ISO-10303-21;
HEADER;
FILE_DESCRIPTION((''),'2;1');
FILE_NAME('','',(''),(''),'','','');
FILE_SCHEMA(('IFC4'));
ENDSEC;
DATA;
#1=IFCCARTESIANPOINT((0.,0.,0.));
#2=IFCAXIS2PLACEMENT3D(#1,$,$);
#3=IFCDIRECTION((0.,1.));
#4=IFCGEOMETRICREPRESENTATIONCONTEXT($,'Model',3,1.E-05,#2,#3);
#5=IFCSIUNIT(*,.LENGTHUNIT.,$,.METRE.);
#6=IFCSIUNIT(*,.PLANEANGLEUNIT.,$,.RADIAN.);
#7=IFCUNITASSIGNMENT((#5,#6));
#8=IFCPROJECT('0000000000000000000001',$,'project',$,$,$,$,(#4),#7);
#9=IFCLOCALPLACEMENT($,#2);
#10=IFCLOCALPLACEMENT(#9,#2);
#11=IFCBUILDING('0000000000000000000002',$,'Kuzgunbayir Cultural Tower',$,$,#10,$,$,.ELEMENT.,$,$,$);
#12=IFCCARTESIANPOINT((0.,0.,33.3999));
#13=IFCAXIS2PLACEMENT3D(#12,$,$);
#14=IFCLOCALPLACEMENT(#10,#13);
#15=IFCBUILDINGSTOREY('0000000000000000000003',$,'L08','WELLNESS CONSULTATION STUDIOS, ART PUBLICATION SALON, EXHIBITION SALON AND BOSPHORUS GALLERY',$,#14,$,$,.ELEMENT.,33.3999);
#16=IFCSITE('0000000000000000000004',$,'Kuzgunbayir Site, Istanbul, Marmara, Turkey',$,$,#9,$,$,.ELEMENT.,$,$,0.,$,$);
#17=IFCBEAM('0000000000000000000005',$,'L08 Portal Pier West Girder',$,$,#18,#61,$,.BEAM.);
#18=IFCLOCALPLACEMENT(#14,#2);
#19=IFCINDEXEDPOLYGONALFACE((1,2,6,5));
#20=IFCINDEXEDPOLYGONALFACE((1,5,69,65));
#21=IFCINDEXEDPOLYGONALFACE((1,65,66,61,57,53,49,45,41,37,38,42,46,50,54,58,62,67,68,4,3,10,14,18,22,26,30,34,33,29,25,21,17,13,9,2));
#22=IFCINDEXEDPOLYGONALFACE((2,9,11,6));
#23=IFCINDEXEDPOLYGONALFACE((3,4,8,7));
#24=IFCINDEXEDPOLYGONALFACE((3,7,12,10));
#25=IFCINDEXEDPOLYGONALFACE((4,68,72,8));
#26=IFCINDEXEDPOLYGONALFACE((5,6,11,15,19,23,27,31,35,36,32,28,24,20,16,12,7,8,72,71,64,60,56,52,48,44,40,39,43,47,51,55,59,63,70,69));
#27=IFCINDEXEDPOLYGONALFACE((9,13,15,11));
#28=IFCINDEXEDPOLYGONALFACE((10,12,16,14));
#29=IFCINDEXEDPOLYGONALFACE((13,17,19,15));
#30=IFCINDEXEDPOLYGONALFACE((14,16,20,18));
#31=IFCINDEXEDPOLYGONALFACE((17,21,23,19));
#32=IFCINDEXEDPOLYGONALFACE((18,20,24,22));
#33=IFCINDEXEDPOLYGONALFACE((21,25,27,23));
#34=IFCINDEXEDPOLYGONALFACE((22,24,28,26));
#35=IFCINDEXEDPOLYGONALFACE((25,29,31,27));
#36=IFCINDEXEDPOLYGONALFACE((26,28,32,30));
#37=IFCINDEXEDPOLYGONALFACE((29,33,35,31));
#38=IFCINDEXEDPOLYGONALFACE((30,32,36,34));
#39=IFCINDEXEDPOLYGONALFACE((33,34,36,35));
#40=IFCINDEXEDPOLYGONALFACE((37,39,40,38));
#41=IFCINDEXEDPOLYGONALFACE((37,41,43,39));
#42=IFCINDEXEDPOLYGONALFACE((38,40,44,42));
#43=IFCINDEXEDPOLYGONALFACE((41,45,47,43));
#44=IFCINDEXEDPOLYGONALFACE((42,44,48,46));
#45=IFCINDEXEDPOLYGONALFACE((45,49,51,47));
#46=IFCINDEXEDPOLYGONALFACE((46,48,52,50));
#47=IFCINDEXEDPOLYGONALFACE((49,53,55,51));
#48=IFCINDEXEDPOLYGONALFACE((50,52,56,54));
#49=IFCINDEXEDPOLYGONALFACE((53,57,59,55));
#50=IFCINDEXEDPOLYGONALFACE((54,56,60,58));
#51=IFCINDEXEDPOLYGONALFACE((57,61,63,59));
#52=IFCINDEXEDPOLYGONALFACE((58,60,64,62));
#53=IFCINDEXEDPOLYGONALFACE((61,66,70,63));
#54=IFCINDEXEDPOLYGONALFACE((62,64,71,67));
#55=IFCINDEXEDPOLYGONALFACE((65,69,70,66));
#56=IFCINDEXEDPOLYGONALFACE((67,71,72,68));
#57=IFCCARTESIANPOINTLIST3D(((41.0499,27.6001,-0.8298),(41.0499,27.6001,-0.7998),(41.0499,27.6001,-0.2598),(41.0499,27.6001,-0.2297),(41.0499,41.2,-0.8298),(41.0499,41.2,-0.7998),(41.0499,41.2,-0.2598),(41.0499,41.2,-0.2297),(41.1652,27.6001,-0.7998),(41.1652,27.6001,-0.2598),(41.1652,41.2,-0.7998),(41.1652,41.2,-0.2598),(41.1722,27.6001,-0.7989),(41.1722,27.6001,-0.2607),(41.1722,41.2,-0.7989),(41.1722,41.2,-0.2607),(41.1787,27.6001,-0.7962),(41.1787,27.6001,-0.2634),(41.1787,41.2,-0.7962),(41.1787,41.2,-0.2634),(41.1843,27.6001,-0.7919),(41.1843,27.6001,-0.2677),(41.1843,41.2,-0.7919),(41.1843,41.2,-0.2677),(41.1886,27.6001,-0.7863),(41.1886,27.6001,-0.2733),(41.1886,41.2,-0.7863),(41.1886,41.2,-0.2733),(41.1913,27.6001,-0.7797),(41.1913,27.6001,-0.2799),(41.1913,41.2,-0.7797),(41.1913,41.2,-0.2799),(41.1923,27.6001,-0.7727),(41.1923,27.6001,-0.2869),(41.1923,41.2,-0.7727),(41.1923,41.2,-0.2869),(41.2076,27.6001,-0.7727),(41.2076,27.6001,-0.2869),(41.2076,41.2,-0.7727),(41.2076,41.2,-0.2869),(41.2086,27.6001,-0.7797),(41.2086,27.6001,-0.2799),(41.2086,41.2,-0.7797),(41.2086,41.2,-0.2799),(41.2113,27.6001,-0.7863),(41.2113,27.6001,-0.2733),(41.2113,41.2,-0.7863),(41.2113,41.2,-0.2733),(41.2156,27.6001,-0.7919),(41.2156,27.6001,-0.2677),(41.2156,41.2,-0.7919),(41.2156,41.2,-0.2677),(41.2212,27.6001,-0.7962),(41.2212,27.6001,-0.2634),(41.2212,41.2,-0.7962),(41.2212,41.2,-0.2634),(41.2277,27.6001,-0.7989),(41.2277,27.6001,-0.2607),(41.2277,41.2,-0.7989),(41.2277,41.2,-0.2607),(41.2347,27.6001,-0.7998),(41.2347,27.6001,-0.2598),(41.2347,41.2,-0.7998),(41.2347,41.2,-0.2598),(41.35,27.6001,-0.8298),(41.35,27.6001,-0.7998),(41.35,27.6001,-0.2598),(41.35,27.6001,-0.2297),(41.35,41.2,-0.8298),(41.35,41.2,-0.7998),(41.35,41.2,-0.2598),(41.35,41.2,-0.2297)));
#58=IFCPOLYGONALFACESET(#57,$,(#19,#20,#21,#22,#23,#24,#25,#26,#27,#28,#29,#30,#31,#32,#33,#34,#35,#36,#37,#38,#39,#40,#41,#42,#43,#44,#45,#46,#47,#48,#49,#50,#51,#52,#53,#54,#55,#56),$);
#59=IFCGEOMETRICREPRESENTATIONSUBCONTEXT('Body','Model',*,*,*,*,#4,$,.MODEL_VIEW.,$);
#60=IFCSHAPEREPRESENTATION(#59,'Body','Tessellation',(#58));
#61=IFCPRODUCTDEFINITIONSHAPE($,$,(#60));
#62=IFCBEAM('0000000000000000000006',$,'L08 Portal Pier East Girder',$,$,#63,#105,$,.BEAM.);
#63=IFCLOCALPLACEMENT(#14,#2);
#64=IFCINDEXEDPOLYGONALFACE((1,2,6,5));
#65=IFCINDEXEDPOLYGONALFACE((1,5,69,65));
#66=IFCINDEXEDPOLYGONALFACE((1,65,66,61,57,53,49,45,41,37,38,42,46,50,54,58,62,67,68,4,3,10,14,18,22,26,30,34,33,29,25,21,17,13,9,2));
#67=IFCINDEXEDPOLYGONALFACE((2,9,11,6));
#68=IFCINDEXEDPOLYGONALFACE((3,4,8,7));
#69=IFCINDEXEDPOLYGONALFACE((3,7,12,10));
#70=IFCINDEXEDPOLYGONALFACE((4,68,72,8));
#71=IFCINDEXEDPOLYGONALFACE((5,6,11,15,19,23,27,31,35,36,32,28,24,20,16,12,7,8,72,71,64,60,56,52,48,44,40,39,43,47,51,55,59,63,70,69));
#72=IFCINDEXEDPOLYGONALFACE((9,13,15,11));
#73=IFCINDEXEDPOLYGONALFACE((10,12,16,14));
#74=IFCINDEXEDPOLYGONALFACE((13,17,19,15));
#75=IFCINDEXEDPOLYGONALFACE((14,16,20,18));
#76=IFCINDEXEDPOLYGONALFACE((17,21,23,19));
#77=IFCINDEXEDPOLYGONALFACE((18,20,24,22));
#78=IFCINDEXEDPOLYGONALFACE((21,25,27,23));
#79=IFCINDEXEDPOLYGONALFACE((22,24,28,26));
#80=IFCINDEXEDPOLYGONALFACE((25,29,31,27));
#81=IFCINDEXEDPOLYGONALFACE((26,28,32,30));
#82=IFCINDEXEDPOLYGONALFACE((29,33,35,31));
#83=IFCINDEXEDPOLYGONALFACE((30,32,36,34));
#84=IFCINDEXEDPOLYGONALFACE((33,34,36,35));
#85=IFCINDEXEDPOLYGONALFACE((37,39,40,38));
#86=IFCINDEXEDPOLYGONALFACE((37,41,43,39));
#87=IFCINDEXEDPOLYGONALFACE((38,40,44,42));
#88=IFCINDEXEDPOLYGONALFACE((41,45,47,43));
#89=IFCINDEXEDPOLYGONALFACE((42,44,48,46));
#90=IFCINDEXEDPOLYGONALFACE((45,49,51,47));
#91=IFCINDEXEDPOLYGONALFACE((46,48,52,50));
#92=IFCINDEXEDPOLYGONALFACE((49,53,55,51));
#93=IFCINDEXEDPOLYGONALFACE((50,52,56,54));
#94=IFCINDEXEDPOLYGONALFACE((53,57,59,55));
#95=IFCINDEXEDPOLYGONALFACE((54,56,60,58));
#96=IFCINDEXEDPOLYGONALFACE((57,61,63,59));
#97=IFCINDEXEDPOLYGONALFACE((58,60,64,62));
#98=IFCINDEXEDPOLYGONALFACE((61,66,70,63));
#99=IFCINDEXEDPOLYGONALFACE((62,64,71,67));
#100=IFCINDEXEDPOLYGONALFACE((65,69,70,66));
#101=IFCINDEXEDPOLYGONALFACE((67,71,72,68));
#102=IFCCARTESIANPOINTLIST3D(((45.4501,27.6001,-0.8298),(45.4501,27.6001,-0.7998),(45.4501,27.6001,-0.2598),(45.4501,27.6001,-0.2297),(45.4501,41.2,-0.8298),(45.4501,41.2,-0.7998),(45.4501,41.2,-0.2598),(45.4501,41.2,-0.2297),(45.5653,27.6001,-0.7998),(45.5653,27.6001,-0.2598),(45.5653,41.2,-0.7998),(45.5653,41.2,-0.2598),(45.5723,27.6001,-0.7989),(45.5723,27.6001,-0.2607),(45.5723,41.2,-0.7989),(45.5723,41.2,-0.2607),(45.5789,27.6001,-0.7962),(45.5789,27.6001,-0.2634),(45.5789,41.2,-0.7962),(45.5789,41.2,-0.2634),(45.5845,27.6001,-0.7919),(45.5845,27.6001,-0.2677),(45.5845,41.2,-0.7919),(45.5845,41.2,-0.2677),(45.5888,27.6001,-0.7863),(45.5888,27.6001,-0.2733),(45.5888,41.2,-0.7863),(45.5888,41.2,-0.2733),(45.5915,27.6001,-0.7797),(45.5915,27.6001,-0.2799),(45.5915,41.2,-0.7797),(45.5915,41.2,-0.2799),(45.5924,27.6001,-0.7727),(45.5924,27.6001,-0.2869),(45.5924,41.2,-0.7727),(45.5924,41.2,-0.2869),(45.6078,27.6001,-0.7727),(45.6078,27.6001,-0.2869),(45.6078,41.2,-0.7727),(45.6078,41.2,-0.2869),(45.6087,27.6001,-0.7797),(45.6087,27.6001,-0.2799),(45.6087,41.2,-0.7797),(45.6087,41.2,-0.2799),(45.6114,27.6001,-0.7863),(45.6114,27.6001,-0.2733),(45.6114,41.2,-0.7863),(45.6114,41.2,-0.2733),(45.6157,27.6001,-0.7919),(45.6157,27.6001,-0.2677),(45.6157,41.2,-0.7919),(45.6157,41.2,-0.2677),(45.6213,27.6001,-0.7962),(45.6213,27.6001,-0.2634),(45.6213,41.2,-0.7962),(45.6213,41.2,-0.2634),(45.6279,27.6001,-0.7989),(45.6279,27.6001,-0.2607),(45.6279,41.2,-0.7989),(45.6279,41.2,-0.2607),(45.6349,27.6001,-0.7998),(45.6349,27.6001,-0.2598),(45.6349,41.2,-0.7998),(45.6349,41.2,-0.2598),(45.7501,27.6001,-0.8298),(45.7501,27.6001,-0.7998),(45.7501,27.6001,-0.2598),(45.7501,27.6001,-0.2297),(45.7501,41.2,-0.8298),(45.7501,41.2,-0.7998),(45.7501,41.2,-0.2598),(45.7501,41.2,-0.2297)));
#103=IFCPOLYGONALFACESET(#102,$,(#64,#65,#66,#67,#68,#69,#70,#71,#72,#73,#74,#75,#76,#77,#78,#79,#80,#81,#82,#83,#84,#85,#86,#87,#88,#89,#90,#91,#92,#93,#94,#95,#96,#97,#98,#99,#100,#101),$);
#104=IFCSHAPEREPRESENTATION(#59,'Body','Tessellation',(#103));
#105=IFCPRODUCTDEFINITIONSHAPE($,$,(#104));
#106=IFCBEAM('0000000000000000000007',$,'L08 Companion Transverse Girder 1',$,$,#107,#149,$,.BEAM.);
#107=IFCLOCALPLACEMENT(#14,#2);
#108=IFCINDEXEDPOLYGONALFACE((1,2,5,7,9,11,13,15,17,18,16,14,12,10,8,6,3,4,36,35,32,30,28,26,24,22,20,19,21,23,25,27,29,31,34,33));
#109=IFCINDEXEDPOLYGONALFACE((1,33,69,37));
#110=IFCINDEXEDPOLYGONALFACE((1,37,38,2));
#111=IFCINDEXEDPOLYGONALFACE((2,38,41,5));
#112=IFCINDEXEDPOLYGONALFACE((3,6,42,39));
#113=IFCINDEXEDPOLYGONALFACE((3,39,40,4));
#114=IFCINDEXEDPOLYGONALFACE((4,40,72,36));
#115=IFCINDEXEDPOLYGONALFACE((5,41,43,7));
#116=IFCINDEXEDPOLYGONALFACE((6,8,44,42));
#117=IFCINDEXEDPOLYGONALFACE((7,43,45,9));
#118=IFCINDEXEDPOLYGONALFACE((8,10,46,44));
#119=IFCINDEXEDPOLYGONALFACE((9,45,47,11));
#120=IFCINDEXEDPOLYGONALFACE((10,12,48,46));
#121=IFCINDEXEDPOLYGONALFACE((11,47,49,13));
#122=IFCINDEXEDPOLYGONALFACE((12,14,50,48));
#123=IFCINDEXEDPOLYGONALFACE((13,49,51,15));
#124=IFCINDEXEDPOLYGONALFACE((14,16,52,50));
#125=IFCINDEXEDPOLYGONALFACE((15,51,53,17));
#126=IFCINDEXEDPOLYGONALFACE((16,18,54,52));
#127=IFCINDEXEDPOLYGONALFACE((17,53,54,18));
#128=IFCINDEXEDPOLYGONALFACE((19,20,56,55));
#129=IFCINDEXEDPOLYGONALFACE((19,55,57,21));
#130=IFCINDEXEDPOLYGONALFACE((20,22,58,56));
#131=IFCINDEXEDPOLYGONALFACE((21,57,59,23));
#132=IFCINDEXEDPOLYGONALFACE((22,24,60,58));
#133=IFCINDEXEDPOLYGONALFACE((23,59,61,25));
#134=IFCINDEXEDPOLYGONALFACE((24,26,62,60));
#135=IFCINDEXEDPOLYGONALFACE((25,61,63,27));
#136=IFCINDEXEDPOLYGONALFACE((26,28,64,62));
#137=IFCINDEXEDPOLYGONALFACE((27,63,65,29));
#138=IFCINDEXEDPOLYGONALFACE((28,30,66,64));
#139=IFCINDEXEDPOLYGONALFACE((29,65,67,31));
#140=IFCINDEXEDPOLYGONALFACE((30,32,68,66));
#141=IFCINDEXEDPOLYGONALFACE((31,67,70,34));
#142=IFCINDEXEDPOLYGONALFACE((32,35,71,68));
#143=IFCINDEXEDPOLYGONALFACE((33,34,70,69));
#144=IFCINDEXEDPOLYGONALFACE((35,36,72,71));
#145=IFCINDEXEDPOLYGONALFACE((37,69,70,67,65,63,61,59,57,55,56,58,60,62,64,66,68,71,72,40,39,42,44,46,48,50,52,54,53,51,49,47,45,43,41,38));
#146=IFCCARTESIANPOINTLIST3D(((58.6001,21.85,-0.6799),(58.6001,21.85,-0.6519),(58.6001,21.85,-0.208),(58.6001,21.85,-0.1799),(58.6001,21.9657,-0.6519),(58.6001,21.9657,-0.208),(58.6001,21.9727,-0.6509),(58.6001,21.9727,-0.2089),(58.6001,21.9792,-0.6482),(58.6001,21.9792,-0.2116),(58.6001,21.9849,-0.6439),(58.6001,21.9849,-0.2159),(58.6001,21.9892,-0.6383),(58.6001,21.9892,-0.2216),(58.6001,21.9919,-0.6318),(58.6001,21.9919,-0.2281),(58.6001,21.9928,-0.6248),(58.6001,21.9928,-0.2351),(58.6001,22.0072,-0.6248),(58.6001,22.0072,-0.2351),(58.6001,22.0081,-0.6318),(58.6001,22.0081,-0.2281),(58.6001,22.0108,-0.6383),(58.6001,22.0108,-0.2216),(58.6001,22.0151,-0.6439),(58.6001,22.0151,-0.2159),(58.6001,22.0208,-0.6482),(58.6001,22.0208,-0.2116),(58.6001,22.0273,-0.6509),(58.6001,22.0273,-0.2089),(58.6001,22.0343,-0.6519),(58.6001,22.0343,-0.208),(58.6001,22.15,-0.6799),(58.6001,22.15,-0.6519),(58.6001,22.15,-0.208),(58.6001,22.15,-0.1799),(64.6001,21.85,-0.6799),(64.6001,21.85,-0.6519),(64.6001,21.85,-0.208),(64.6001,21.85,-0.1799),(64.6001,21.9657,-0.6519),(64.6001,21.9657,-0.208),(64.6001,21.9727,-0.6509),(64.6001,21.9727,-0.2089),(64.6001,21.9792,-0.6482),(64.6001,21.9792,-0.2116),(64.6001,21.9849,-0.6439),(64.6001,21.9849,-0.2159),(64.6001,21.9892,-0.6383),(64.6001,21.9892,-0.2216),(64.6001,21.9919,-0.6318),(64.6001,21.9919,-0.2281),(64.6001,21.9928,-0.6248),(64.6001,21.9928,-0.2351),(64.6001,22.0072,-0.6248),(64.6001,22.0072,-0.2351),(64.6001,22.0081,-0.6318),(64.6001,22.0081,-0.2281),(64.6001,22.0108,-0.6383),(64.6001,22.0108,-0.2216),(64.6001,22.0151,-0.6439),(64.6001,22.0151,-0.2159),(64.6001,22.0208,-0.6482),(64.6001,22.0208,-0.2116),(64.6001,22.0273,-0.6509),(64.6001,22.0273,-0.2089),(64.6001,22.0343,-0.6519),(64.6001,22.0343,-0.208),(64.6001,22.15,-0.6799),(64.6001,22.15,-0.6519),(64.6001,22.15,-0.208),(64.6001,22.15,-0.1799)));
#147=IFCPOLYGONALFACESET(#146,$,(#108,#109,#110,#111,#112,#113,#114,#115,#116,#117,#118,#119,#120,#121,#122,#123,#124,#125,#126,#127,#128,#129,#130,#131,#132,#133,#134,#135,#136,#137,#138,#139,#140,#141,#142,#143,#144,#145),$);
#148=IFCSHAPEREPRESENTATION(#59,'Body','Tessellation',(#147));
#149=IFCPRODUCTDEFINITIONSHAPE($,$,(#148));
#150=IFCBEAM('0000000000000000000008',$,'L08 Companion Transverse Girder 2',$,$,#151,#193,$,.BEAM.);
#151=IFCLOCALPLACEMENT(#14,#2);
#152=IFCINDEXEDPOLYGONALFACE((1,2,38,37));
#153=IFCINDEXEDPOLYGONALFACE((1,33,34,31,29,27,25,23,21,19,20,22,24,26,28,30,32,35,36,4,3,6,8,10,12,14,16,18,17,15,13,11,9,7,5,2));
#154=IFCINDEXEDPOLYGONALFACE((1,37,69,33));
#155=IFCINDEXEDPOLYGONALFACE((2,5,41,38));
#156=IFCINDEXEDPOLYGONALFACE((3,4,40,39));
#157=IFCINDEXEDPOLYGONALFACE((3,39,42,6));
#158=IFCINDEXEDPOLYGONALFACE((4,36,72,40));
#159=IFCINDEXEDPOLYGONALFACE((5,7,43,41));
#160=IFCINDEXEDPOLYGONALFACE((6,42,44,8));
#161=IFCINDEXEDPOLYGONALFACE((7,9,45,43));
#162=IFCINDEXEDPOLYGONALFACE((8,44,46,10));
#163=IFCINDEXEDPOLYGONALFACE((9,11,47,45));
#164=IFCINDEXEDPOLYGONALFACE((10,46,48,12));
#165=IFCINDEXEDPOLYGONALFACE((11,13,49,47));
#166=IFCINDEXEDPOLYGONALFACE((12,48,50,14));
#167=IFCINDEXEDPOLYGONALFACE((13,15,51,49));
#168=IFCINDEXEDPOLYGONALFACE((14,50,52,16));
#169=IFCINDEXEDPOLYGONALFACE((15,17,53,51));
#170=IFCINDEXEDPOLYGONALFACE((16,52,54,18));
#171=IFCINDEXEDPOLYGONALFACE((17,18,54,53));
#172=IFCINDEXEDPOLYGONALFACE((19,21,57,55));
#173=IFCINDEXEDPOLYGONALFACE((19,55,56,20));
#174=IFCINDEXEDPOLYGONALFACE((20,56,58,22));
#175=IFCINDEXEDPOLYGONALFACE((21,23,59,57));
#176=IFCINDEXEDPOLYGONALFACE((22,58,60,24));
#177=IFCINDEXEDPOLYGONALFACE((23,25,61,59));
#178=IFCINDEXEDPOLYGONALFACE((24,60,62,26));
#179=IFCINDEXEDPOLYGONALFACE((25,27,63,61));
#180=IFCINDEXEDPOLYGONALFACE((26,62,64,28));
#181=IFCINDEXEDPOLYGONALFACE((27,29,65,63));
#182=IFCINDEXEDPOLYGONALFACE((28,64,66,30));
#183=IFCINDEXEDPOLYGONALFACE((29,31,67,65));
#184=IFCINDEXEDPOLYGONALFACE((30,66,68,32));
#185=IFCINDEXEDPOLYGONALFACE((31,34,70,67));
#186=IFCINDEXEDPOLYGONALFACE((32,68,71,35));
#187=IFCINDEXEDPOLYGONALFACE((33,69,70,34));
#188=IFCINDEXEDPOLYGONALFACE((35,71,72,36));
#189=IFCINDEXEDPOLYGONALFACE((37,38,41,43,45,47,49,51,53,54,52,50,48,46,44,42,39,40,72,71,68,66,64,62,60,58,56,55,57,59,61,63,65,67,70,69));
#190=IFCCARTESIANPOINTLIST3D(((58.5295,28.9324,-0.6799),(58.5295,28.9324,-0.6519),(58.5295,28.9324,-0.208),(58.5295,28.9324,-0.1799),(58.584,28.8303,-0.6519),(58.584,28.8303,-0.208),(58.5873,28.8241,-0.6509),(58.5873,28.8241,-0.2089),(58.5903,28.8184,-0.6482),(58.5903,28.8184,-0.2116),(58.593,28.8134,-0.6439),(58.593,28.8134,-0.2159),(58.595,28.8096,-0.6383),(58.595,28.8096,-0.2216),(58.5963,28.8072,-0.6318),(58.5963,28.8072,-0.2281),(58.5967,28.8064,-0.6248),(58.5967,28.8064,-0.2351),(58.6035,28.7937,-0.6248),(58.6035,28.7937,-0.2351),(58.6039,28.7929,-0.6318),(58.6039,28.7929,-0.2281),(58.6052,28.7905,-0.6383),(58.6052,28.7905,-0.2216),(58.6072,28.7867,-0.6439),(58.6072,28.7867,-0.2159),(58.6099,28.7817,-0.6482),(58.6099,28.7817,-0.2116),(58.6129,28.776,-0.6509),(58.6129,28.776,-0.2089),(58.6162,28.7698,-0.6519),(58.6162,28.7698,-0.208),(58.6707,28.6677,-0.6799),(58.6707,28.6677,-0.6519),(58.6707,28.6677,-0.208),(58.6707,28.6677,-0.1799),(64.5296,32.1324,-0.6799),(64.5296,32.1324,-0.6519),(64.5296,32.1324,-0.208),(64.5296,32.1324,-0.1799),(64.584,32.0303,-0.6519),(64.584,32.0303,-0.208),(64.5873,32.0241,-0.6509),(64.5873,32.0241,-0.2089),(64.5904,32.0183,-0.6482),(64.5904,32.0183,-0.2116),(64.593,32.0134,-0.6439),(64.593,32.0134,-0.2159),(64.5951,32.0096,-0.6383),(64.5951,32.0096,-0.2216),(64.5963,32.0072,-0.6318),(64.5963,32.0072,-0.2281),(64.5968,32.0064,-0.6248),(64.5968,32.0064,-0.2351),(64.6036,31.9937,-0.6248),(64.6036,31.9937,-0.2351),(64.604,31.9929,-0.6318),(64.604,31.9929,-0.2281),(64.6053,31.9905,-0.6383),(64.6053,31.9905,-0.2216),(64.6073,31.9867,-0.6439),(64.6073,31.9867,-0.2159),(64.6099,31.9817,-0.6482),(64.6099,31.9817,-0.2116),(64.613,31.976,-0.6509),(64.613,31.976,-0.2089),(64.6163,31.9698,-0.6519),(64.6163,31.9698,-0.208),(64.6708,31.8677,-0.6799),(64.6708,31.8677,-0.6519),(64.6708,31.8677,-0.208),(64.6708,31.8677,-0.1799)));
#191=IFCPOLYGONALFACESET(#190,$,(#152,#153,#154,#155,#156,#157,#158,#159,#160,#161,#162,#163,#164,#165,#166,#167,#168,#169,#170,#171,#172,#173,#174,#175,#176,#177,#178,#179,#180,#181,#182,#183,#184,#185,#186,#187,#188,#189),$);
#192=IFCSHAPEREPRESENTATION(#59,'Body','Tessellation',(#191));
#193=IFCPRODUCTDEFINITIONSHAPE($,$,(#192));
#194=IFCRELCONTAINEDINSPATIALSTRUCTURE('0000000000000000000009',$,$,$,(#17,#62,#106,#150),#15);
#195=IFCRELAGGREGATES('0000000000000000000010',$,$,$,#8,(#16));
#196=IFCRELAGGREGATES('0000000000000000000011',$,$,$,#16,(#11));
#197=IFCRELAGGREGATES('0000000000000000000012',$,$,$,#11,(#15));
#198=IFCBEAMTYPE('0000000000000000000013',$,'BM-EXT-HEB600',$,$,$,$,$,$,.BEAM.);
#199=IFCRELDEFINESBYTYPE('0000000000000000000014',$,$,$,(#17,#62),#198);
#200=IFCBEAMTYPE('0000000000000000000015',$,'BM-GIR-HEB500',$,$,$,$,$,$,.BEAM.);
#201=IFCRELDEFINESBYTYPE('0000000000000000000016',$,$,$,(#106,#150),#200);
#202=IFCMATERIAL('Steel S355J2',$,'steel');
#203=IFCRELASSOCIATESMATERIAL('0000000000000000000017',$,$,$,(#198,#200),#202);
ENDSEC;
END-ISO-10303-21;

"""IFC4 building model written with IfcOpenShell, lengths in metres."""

from ifc_helpers import new_model, si_unit, direction, frame, origin, origin_2d, place, context, subcontext, project, spatial, i_section, extrude, material, material_profile, profile_set, type_object, element, save


model = new_model("IFC4")

# Units and contexts
model_context = context("Model", 3, precision=1e-05, world=origin(), true_north=direction((0.0, 1.0)))
body_context = subcontext(model_context, "Body", "Model", "MODEL_VIEW")
ifc_project = project(units=[si_unit("LENGTHUNIT", "METRE"), si_unit("PLANEANGLEUNIT", "RADIAN")], contexts=[model_context])

# Site, building, storey
site_placement = place(None, origin())
site = spatial("IfcSite", under=ifc_project, at=site_placement, Name="Kuzgunbayir Site, Istanbul, Marmara, Turkey", CompositionType="ELEMENT", RefElevation=0.0)
building_placement = place(site_placement, origin())
building = spatial("IfcBuilding", under=site, at=building_placement, Name="Kuzgunbayir Cultural Tower", CompositionType="ELEMENT")
storey_placement = place(building_placement, frame((0.0, 0.0, 33.3999)))
storey = spatial("IfcBuildingStorey", under=building, at=storey_placement, Name="L08", Description="WELLNESS CONSULTATION STUDIOS, ART PUBLICATION SALON, EXHIBITION SALON AND BOSPHORUS GALLERY", CompositionType="ELEMENT", Elevation=33.3999)

# Beams
ifc_material_1 = material(Name="Steel S355J2", Category="steel")
ifc_material_profile_1 = material_profile(ifc_material_1, i_section(OverallWidth=0.3, OverallDepth=0.6001, WebThickness=0.0154, FlangeThickness=0.03, FilletRadius=0.0271, at=origin_2d()), Name="HEB 600")
ifc_profile_set_1 = profile_set([ifc_material_profile_1], Name="Steel S355J2")
beam_type_1 = type_object("IfcBeamType", Name="BM-EXT-HEB600", PredefinedType="BEAM", material=ifc_profile_set_1)
for number, where, z_axis, x_axis, name in (
    (1, (41.2, 27.6001, -0.5298), (0.0, 1.0, 0.0), (-1.0, 0.0, 0.0), "L08 Portal Pier West Girder"),
    (2, (45.6001, 27.6001, -0.5298), (0.0, 1.0, 0.0), (-1.0, 0.0, 0.0), "L08 Portal Pier East Girder"),
):
    element("IfcBeam", number, at=place(storey_placement, frame(where, z_axis=z_axis, x_axis=x_axis)), inside=storey, type_object=beam_type_1, Name=name, PredefinedType="BEAM", context=body_context, shape_type="SweptSolid", body=[
        extrude(i_section(OverallWidth=0.3, OverallDepth=0.6001, WebThickness=0.0154, FlangeThickness=0.03, FilletRadius=0.0271, at=origin_2d()), origin(), (0.0, 0.0, 1.0), 13.5999),
    ])
ifc_material_profile_2 = material_profile(ifc_material_1, i_section(OverallWidth=0.3, OverallDepth=0.5, WebThickness=0.0144, FlangeThickness=0.0281, FilletRadius=0.0271, at=origin_2d()), Name="HEB 500")
ifc_profile_set_2 = profile_set([ifc_material_profile_2], Name="Steel S355J2")
beam_type_2 = type_object("IfcBeamType", Name="BM-GIR-HEB500", PredefinedType="BEAM", material=ifc_profile_set_2)
beam_1_placement = place(storey_placement, frame((58.6001, 22.0, -0.4299), z_axis=(1.0, 0.0, 0.0), x_axis=(0.0, 1.0, 0.0)))
element("IfcBeam", 3, at=beam_1_placement, inside=storey, type_object=beam_type_2, Name="L08 Companion Transverse Girder 1", PredefinedType="BEAM", context=body_context, shape_type="SweptSolid", body=[
    extrude(i_section(OverallWidth=0.3, OverallDepth=0.5, WebThickness=0.0144, FlangeThickness=0.0281, FilletRadius=0.0271, at=origin_2d()), origin(), (0.0, 0.0, 1.0), 6.0),
])
beam_2_placement = place(storey_placement, frame((58.6001, 28.8, -0.4299), z_axis=(0.882356, 0.470583, 0.0), x_axis=(-0.470583, 0.882356, 0.0)))
element("IfcBeam", 4, at=beam_2_placement, inside=storey, type_object=beam_type_2, Name="L08 Companion Transverse Girder 2", PredefinedType="BEAM", context=body_context, shape_type="SweptSolid", body=[
    extrude(i_section(OverallWidth=0.3, OverallDepth=0.5, WebThickness=0.0144, FlangeThickness=0.0281, FilletRadius=0.0271, at=origin_2d()), origin(), (0.0, 0.0, 1.0), 6.8),
])

save(model, "model.ifc")
